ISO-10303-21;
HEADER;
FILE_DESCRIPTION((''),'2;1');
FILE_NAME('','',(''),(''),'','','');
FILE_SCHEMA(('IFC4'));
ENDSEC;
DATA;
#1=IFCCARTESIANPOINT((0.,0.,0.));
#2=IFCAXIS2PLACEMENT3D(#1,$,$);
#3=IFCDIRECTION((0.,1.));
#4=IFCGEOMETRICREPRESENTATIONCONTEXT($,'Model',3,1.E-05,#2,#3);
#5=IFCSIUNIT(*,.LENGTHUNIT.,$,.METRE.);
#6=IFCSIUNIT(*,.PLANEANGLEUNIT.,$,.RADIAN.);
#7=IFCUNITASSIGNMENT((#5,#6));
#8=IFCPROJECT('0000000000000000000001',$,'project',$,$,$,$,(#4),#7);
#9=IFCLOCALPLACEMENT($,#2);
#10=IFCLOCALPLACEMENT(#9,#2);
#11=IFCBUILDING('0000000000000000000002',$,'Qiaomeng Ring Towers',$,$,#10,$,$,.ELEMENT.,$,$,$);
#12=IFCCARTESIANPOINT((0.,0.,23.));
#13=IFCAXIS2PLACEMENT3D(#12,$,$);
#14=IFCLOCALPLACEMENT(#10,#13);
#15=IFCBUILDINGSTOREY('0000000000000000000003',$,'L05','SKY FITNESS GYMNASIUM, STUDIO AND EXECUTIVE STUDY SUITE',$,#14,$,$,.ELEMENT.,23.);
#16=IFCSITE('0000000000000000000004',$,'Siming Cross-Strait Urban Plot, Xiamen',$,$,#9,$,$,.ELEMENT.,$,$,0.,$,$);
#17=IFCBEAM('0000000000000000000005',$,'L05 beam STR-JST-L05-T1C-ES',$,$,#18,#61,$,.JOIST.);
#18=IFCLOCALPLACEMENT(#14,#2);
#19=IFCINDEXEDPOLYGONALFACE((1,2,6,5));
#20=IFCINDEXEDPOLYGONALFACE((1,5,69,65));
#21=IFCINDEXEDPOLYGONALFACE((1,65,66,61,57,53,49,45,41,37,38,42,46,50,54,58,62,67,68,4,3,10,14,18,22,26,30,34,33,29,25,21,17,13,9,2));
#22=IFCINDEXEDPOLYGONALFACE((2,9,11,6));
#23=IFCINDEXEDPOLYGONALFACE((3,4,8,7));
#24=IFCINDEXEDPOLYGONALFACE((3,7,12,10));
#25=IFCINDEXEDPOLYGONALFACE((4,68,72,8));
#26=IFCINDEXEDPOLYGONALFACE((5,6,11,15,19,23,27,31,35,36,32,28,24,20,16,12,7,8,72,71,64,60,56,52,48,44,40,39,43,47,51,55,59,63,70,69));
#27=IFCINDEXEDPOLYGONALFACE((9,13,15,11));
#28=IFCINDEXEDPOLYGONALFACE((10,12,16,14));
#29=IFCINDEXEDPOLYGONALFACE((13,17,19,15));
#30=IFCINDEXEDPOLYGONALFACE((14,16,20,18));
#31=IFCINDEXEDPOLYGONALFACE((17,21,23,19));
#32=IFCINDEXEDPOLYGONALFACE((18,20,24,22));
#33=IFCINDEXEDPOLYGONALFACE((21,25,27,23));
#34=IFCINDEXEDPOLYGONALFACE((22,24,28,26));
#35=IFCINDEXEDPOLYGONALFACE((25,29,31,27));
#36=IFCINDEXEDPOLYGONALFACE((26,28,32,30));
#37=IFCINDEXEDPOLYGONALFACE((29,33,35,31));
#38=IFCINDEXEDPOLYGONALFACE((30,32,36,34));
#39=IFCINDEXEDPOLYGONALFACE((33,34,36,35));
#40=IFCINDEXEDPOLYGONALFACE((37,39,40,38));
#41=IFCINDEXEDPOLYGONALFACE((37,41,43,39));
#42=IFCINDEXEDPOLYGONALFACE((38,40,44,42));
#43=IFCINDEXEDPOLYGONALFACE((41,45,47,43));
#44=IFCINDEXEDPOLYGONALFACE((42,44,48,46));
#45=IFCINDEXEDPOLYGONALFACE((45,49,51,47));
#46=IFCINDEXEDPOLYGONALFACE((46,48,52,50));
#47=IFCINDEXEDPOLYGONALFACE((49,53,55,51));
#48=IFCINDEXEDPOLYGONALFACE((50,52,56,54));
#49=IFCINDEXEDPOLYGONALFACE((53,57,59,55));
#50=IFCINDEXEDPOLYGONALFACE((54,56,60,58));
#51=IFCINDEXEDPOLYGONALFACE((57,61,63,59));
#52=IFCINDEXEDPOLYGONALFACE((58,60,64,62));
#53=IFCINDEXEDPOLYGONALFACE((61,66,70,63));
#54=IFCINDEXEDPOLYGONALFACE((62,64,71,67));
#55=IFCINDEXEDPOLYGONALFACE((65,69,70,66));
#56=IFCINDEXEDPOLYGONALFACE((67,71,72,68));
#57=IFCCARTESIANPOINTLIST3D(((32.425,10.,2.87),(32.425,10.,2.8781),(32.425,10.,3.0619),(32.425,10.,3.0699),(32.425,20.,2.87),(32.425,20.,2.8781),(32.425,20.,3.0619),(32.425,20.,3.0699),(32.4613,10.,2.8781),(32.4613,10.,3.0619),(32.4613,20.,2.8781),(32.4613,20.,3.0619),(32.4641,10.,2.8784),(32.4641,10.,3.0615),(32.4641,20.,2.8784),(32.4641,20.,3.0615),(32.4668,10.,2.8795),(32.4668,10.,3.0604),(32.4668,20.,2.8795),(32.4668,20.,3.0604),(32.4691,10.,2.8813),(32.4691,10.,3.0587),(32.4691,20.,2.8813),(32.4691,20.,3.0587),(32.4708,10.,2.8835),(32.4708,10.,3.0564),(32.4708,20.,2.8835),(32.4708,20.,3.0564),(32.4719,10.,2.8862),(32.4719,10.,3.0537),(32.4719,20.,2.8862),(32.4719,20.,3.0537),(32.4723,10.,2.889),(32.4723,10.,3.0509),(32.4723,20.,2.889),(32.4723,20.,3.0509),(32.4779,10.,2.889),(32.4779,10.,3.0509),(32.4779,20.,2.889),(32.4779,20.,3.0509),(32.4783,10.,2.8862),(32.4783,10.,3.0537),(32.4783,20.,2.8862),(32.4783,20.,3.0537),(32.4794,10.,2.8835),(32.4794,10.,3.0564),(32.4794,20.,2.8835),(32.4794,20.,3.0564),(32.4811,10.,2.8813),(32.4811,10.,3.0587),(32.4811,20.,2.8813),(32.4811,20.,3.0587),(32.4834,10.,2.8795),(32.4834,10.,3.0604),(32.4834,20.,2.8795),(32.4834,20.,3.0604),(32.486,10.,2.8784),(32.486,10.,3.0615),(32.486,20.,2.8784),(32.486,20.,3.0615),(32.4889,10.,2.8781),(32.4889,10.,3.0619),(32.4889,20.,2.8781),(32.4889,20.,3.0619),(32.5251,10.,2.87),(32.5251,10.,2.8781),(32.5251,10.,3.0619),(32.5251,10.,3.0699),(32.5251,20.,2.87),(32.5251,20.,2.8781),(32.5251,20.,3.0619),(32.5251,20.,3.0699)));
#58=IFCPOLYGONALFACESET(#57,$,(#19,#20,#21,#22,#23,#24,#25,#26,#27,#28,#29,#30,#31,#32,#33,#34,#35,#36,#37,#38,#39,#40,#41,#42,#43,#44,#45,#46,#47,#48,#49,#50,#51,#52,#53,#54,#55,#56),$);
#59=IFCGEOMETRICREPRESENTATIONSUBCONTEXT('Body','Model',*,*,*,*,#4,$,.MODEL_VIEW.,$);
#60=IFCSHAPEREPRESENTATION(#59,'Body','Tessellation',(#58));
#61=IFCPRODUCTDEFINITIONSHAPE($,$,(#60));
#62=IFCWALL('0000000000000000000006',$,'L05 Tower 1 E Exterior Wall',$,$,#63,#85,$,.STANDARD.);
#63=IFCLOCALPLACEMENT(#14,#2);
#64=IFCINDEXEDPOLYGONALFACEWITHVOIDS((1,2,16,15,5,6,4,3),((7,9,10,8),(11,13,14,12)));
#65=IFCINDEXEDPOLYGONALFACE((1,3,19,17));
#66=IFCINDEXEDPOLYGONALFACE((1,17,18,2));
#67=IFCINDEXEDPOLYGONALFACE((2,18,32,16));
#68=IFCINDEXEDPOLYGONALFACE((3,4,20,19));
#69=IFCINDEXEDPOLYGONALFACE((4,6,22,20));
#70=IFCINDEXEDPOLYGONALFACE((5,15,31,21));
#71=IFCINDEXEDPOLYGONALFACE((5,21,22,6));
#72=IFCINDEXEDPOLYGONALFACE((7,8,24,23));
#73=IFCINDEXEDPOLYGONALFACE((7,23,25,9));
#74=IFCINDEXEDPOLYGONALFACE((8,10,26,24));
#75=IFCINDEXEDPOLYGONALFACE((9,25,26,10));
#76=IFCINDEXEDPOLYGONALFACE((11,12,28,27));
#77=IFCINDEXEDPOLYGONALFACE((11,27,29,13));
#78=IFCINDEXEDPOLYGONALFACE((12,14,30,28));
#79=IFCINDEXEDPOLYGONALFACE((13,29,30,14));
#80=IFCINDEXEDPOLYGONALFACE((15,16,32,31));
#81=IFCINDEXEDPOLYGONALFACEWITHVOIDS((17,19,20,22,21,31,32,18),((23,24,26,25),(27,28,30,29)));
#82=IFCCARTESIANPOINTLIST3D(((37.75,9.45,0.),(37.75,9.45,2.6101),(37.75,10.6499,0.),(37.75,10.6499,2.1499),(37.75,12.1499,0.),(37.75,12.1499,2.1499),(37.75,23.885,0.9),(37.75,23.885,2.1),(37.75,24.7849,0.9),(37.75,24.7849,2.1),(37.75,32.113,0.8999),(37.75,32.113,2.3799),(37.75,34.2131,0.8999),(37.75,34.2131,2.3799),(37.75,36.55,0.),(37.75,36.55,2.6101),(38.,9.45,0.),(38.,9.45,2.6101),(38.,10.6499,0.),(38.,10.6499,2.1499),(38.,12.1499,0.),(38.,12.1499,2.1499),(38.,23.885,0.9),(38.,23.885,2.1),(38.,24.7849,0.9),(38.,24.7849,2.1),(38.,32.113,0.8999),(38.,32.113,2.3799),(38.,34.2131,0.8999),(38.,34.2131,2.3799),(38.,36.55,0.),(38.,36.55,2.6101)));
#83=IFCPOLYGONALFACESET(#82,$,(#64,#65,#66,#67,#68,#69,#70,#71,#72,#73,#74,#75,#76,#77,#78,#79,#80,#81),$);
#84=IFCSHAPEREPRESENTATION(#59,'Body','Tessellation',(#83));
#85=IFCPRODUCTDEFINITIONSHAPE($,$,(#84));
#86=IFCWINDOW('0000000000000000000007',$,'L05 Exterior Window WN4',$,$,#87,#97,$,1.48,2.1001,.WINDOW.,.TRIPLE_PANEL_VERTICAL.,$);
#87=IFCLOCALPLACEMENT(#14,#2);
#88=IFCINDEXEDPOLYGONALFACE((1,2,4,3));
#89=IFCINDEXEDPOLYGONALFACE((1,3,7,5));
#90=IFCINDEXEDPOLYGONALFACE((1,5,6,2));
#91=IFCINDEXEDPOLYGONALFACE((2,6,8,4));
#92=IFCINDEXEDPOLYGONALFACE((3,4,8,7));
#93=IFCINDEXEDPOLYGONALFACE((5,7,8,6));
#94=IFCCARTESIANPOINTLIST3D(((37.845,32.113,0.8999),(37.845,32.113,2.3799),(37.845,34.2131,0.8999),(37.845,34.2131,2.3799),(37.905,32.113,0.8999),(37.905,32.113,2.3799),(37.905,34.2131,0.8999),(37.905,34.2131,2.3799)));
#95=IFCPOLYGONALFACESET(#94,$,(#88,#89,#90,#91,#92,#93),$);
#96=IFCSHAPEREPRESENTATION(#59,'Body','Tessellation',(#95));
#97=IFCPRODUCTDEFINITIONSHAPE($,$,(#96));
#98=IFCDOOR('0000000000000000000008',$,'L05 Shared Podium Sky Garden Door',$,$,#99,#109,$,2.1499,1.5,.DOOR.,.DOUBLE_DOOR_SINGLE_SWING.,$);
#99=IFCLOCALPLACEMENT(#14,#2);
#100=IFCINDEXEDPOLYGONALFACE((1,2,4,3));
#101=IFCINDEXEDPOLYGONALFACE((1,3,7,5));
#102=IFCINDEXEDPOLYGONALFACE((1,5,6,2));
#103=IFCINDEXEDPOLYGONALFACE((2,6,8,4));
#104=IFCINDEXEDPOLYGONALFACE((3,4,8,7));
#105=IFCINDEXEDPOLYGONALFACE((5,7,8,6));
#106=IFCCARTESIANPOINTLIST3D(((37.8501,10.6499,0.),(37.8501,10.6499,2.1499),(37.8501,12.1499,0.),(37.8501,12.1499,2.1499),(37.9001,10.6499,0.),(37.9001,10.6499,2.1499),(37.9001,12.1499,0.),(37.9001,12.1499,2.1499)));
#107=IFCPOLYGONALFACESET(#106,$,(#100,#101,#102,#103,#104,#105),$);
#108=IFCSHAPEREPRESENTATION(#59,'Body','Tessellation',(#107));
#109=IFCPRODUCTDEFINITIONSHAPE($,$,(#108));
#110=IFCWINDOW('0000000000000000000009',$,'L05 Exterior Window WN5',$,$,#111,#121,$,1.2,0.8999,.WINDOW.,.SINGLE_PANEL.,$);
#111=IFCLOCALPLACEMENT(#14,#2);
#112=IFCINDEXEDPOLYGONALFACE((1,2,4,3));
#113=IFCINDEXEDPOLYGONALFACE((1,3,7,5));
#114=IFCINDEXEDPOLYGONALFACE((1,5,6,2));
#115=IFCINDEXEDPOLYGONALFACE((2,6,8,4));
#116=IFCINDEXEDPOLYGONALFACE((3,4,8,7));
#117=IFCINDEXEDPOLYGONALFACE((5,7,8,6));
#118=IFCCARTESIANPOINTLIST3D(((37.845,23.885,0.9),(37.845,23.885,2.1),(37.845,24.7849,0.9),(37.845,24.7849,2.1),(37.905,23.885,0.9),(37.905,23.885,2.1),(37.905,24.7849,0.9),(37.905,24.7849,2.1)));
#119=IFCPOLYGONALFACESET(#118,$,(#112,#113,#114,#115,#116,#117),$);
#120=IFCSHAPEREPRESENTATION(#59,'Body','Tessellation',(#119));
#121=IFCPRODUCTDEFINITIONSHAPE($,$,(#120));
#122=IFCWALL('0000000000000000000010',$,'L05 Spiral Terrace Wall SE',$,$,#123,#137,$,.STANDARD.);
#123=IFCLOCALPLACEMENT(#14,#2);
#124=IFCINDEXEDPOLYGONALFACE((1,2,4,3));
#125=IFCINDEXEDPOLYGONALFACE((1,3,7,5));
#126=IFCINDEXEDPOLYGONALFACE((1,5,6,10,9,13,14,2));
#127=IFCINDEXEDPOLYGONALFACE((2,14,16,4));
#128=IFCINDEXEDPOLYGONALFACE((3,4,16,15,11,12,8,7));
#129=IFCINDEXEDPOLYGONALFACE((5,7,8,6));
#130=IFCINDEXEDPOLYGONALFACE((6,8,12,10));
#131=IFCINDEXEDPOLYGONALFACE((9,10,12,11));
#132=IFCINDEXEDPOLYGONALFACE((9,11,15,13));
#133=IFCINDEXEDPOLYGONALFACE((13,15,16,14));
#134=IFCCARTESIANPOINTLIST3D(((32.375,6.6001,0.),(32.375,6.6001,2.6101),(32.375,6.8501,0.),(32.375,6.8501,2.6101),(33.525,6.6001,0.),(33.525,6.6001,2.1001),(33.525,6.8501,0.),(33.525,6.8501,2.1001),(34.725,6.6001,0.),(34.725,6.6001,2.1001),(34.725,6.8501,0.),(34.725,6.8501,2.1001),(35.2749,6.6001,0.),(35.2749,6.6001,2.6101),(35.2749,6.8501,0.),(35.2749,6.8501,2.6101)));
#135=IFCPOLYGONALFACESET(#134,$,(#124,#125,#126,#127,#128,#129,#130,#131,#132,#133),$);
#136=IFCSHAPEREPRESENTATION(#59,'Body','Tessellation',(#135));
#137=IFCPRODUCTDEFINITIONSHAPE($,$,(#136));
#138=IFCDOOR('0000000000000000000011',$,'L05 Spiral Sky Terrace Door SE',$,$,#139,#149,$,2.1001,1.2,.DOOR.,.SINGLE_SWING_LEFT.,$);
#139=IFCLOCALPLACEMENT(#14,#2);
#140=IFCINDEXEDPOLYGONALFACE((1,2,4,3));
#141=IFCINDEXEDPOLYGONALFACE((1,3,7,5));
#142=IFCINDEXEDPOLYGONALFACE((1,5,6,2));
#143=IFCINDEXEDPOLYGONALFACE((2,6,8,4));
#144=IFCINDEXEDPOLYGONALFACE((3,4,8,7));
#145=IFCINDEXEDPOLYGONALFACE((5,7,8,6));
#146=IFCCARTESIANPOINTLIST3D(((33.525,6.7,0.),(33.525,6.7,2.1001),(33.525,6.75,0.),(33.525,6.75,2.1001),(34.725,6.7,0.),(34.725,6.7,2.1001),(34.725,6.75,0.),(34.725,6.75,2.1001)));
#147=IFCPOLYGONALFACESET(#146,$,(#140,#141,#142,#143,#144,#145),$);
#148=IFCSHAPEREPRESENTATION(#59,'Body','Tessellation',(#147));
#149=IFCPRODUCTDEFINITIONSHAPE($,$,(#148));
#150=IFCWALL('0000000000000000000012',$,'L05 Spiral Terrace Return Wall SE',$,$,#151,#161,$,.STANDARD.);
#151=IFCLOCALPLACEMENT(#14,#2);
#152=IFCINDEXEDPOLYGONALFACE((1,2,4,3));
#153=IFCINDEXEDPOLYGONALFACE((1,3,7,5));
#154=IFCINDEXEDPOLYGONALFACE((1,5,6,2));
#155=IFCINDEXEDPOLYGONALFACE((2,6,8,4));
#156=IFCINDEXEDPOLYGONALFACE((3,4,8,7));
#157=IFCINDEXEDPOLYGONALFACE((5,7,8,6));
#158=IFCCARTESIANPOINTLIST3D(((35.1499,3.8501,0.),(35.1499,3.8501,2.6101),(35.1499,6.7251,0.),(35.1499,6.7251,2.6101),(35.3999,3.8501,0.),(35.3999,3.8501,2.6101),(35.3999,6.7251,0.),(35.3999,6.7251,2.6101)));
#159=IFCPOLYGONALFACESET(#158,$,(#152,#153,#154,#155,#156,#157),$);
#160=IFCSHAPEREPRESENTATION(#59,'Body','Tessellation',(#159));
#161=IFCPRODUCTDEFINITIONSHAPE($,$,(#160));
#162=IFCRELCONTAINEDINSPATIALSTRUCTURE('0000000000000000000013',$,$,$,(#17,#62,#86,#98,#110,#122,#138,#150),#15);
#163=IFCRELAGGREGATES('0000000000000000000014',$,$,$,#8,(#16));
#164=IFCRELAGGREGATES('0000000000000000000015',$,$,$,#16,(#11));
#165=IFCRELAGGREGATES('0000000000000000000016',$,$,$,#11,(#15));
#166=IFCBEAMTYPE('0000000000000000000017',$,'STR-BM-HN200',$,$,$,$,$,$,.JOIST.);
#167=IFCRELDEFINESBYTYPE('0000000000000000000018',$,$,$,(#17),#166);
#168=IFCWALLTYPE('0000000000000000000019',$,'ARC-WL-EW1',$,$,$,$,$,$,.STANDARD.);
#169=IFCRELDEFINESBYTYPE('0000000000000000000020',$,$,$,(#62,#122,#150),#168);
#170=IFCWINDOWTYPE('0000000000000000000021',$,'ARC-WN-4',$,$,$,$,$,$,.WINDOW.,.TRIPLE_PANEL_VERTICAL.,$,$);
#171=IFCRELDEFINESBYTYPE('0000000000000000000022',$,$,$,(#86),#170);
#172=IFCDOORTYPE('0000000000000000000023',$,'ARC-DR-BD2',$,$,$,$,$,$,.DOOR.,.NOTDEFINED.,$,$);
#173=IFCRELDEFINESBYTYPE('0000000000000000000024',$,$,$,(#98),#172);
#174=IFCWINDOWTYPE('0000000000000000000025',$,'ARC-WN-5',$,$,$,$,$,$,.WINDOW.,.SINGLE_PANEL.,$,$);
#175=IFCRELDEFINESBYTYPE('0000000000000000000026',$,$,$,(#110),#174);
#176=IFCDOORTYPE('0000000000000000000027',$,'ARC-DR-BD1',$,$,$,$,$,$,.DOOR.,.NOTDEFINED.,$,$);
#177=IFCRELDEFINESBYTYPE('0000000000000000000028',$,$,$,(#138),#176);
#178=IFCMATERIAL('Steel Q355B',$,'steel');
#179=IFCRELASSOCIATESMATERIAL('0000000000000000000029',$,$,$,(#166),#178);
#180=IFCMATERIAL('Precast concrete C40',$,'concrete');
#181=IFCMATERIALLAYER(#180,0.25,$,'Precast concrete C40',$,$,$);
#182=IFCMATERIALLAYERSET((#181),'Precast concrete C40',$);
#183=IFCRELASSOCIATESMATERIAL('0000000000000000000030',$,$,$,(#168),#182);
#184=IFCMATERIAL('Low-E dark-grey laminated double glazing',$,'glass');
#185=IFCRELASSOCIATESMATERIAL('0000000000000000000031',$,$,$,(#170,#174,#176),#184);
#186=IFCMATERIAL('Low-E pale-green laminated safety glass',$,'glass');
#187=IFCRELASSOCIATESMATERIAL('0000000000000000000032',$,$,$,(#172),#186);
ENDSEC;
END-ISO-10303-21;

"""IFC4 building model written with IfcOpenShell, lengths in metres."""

from ifc_helpers import new_model, si_unit, direction, frame, frame_2d, origin, origin_2d, place, context, subcontext, project, spatial, rectangle, i_section, extrude, source, transform, mapped, material, layer, layer_set, material_profile, profile_set, type_object, element, fill, save


model = new_model("IFC4")

# Units and contexts
model_context = context("Model", 3, precision=1e-05, world=origin(), true_north=direction((0.0, 1.0)))
body_context = subcontext(model_context, "Body", "Model", "MODEL_VIEW")
ifc_project = project(units=[si_unit("LENGTHUNIT", "METRE"), si_unit("PLANEANGLEUNIT", "RADIAN")], contexts=[model_context])

# Site, building, storey
site_placement = place(None, origin())
site = spatial("IfcSite", under=ifc_project, at=site_placement, Name="Siming Cross-Strait Urban Plot, Xiamen", CompositionType="ELEMENT", RefElevation=0.0)
building_placement = place(site_placement, origin())
building = spatial("IfcBuilding", under=site, at=building_placement, Name="Qiaomeng Ring Towers", CompositionType="ELEMENT")
storey_placement = place(building_placement, frame((0.0, 0.0, 23.0)))
storey = spatial("IfcBuildingStorey", under=building, at=storey_placement, Name="L05", Description="SKY FITNESS GYMNASIUM, STUDIO AND EXECUTIVE STUDY SUITE", CompositionType="ELEMENT", Elevation=23.0)

# Beam
ifc_material_1 = material(Name="Steel Q355B", Category="steel")
ifc_material_profile_1 = material_profile(ifc_material_1, i_section(OverallWidth=0.1001, OverallDepth=0.2, WebThickness=0.0056, FlangeThickness=0.0081, FilletRadius=0.011, at=origin_2d()), Name="HN 200x100x5.5x8")
ifc_profile_set_1 = profile_set([ifc_material_profile_1], Name="Steel Q355B")
beam_type_1 = type_object("IfcBeamType", Name="STR-BM-HN200", PredefinedType="JOIST", material=ifc_profile_set_1)
shared_shape_1 = source(origin(), body_context, "Body", "SweptSolid", [
    extrude(i_section(OverallWidth=0.1001, OverallDepth=0.2, WebThickness=0.0056, FlangeThickness=0.0081, FilletRadius=0.011, at=origin_2d()), origin(), (0.0, 0.0, 1.0), 10.0),
])
beam_1_placement = place(storey_placement, frame((32.4751, 10.0, 2.97), z_axis=(0.0, 1.0, 0.0), x_axis=(-1.0, 0.0, 0.0)))
element("IfcBeam", 1, at=beam_1_placement, inside=storey, type_object=beam_type_1, Name="L05 beam STR-JST-L05-T1C-ES", PredefinedType="JOIST", context=body_context, shape_type="MappedRepresentation", body=[
    mapped(shared_shape_1, transform((0.0, 0.0, 0.0), x_axis=(1.0, 0.0, 0.0), y_axis=(0.0, 1.0, 0.0), z_axis=(0.0, 0.0, 1.0), scale=1.0)),
])

# Wall, openings, windows, door
ifc_material_2 = material(Name="Precast concrete C40", Category="concrete")
ifc_layer_1 = layer(ifc_material_2, 0.25, Name="Precast concrete C40")
ifc_layer_set_1 = layer_set([ifc_layer_1], Name="Precast concrete C40")
wall_type_1 = type_object("IfcWallType", Name="ARC-WL-EW1", PredefinedType="STANDARD", material=ifc_layer_set_1)
wall_1_placement = place(storey_placement, frame((37.875, 9.45, 0.0), z_axis=(0.0, 0.0, 1.0), x_axis=(0.0, 1.0, 0.0)))
wall_1 = element("IfcWall", 2, at=wall_1_placement, inside=storey, type_object=wall_type_1, Name="L05 Tower 1 E Exterior Wall", PredefinedType="STANDARD", context=body_context, shape_type="SweptSolid", body=[
    extrude(rectangle(XDim=27.1001, YDim=0.25, at=frame_2d((13.55, 0.0))), origin(), (0.0, 0.0, 1.0), 2.6101),
])
opening_1_placement = place(wall_1_placement, frame((1.2, 0.0, 0.0)))
opening_1 = element("IfcOpeningElement", 3, at=opening_1_placement, cuts=wall_1, PredefinedType="OPENING", context=body_context, shape_type="SweptSolid", body=[
    extrude(rectangle(XDim=1.5, YDim=2.1499, at=frame_2d((0.75, 1.075))), frame((0.0, 0.135, 0.0), z_axis=(0.0, -1.0, 0.0), x_axis=(1.0, 0.0, 0.0)), (0.0, 0.0, 1.0), 0.27),
])
opening_2_placement = place(wall_1_placement, frame((22.6631, 0.0, 0.8999)))
opening_2 = element("IfcOpeningElement", 4, at=opening_2_placement, cuts=wall_1, PredefinedType="OPENING", context=body_context, shape_type="SweptSolid", body=[
    extrude(rectangle(XDim=2.1001, YDim=1.48, at=frame_2d((1.05, 0.74))), frame((0.0, 0.135, 0.0), z_axis=(0.0, -1.0, 0.0), x_axis=(1.0, 0.0, 0.0)), (0.0, 0.0, 1.0), 0.27),
])
opening_3_placement = place(wall_1_placement, frame((14.4351, 0.0, 0.8999)))
opening_3 = element("IfcOpeningElement", 5, at=opening_3_placement, cuts=wall_1, PredefinedType="OPENING", context=body_context, shape_type="SweptSolid", body=[
    extrude(rectangle(XDim=0.8999, YDim=1.2, at=frame_2d((0.45, 0.6001))), frame((0.0, 0.135, 0.0), z_axis=(0.0, -1.0, 0.0), x_axis=(1.0, 0.0, 0.0)), (0.0, 0.0, 1.0), 0.27),
])
ifc_material_3 = material(Name="Low-E dark-grey laminated double glazing", Category="glass")
window_type_1 = type_object("IfcWindowType", Name="ARC-WN-4", PartitioningType="TRIPLE_PANEL_VERTICAL", PredefinedType="WINDOW", material=ifc_material_3)
shared_shape_2 = source(origin(), body_context, "Body", "SweptSolid", [
    extrude(rectangle(XDim=2.1001, YDim=1.48, at=frame_2d((1.05, 0.74))), frame((0.0, 0.03, 0.0), z_axis=(0.0, -1.0, 0.0), x_axis=(1.0, 0.0, 0.0)), (0.0, 0.0, 1.0), 0.0601),
])
window_1_placement = place(opening_2_placement, origin())
window_1 = element("IfcWindow", 6, at=window_1_placement, inside=storey, type_object=window_type_1, Name="L05 Exterior Window WN4", OverallHeight=1.48, OverallWidth=2.1001, PartitioningType="TRIPLE_PANEL_VERTICAL", PredefinedType="WINDOW", context=body_context, shape_type="MappedRepresentation", body=[
    mapped(shared_shape_2, transform((0.0, 0.0, 0.0), x_axis=(1.0, 0.0, 0.0), y_axis=(0.0, 1.0, 0.0), z_axis=(0.0, 0.0, 1.0), scale=1.0)),
])
fill(opening_2, window_1)
ifc_material_4 = material(Name="Low-E pale-green laminated safety glass", Category="glass")
door_type_1 = type_object("IfcDoorType", Name="ARC-DR-BD2", OperationType="NOTDEFINED", PredefinedType="DOOR", material=ifc_material_4)
shared_shape_3 = source(origin(), body_context, "Body", "SweptSolid", [
    extrude(rectangle(XDim=1.5, YDim=2.1499, at=frame_2d((0.75, 1.075))), frame((0.0, 0.0249, 0.0), z_axis=(0.0, -1.0, 0.0), x_axis=(1.0, 0.0, 0.0)), (0.0, 0.0, 1.0), 0.05),
])
door_1_placement = place(opening_1_placement, origin())
door_1 = element("IfcDoor", 7, at=door_1_placement, inside=storey, type_object=door_type_1, Name="L05 Shared Podium Sky Garden Door", OperationType="DOUBLE_DOOR_SINGLE_SWING", OverallHeight=2.1499, OverallWidth=1.5, PredefinedType="DOOR", context=body_context, shape_type="MappedRepresentation", body=[
    mapped(shared_shape_3, transform((0.0, 0.0, 0.0), x_axis=(1.0, 0.0, 0.0), y_axis=(0.0, 1.0, 0.0), z_axis=(0.0, 0.0, 1.0), scale=1.0)),
])
fill(opening_1, door_1)
window_type_2 = type_object("IfcWindowType", Name="ARC-WN-5", PartitioningType="SINGLE_PANEL", PredefinedType="WINDOW", material=ifc_material_3)
shared_shape_4 = source(origin(), body_context, "Body", "SweptSolid", [
    extrude(rectangle(XDim=0.8999, YDim=1.2, at=frame_2d((0.45, 0.6001))), frame((0.0, 0.03, 0.0), z_axis=(0.0, -1.0, 0.0), x_axis=(1.0, 0.0, 0.0)), (0.0, 0.0, 1.0), 0.0601),
])
window_2_placement = place(opening_3_placement, origin())
window_2 = element("IfcWindow", 8, at=window_2_placement, inside=storey, type_object=window_type_2, Name="L05 Exterior Window WN5", OverallHeight=1.2, OverallWidth=0.8999, PartitioningType="SINGLE_PANEL", PredefinedType="WINDOW", context=body_context, shape_type="MappedRepresentation", body=[
    mapped(shared_shape_4, transform((0.0, 0.0, 0.0), x_axis=(1.0, 0.0, 0.0), y_axis=(0.0, 1.0, 0.0), z_axis=(0.0, 0.0, 1.0), scale=1.0)),
])
fill(opening_3, window_2)

# Wall, opening, door
wall_2_placement = place(storey_placement, frame((32.375, 6.7251, 0.0), z_axis=(0.0, 0.0, 1.0), x_axis=(1.0, 0.0, 0.0)))
wall_2 = element("IfcWall", 9, at=wall_2_placement, inside=storey, type_object=wall_type_1, Name="L05 Spiral Terrace Wall SE", PredefinedType="STANDARD", context=body_context, shape_type="SweptSolid", body=[
    extrude(rectangle(XDim=2.8999, YDim=0.25, at=frame_2d((1.45, 0.0))), origin(), (0.0, 0.0, 1.0), 2.6101),
])
opening_4_placement = place(wall_2_placement, frame((1.1499, 0.0, 0.0)))
opening_4 = element("IfcOpeningElement", 10, at=opening_4_placement, cuts=wall_2, PredefinedType="OPENING", context=body_context, shape_type="SweptSolid", body=[
    extrude(rectangle(XDim=1.2, YDim=2.1001, at=frame_2d((0.6001, 1.05))), frame((0.0, 0.135, 0.0), z_axis=(0.0, -1.0, 0.0), x_axis=(1.0, 0.0, 0.0)), (0.0, 0.0, 1.0), 0.27),
])
door_type_2 = type_object("IfcDoorType", Name="ARC-DR-BD1", OperationType="NOTDEFINED", PredefinedType="DOOR", material=ifc_material_3)
shared_shape_5 = source(origin(), body_context, "Body", "SweptSolid", [
    extrude(rectangle(XDim=1.2, YDim=2.1001, at=frame_2d((0.6001, 1.05))), frame((0.0, 0.0249, 0.0), z_axis=(0.0, -1.0, 0.0), x_axis=(1.0, 0.0, 0.0)), (0.0, 0.0, 1.0), 0.05),
])
door_2_placement = place(opening_4_placement, origin())
door_2 = element("IfcDoor", 11, at=door_2_placement, inside=storey, type_object=door_type_2, Name="L05 Spiral Sky Terrace Door SE", OperationType="SINGLE_SWING_LEFT", OverallHeight=2.1001, OverallWidth=1.2, PredefinedType="DOOR", context=body_context, shape_type="MappedRepresentation", body=[
    mapped(shared_shape_5, transform((0.0, 0.0, 0.0), x_axis=(1.0, 0.0, 0.0), y_axis=(0.0, 1.0, 0.0), z_axis=(0.0, 0.0, 1.0), scale=1.0)),
])
fill(opening_4, door_2)

# Wall
wall_3_placement = place(storey_placement, frame((35.2749, 3.8501, 0.0), z_axis=(0.0, 0.0, 1.0), x_axis=(0.0, 1.0, 0.0)))
element("IfcWall", 12, at=wall_3_placement, inside=storey, type_object=wall_type_1, Name="L05 Spiral Terrace Return Wall SE", PredefinedType="STANDARD", context=body_context, shape_type="SweptSolid", body=[
    extrude(rectangle(XDim=2.875, YDim=0.25, at=frame_2d((1.4375, 0.0))), origin(), (0.0, 0.0, 1.0), 2.6101),
])

save(model, "model.ifc")
